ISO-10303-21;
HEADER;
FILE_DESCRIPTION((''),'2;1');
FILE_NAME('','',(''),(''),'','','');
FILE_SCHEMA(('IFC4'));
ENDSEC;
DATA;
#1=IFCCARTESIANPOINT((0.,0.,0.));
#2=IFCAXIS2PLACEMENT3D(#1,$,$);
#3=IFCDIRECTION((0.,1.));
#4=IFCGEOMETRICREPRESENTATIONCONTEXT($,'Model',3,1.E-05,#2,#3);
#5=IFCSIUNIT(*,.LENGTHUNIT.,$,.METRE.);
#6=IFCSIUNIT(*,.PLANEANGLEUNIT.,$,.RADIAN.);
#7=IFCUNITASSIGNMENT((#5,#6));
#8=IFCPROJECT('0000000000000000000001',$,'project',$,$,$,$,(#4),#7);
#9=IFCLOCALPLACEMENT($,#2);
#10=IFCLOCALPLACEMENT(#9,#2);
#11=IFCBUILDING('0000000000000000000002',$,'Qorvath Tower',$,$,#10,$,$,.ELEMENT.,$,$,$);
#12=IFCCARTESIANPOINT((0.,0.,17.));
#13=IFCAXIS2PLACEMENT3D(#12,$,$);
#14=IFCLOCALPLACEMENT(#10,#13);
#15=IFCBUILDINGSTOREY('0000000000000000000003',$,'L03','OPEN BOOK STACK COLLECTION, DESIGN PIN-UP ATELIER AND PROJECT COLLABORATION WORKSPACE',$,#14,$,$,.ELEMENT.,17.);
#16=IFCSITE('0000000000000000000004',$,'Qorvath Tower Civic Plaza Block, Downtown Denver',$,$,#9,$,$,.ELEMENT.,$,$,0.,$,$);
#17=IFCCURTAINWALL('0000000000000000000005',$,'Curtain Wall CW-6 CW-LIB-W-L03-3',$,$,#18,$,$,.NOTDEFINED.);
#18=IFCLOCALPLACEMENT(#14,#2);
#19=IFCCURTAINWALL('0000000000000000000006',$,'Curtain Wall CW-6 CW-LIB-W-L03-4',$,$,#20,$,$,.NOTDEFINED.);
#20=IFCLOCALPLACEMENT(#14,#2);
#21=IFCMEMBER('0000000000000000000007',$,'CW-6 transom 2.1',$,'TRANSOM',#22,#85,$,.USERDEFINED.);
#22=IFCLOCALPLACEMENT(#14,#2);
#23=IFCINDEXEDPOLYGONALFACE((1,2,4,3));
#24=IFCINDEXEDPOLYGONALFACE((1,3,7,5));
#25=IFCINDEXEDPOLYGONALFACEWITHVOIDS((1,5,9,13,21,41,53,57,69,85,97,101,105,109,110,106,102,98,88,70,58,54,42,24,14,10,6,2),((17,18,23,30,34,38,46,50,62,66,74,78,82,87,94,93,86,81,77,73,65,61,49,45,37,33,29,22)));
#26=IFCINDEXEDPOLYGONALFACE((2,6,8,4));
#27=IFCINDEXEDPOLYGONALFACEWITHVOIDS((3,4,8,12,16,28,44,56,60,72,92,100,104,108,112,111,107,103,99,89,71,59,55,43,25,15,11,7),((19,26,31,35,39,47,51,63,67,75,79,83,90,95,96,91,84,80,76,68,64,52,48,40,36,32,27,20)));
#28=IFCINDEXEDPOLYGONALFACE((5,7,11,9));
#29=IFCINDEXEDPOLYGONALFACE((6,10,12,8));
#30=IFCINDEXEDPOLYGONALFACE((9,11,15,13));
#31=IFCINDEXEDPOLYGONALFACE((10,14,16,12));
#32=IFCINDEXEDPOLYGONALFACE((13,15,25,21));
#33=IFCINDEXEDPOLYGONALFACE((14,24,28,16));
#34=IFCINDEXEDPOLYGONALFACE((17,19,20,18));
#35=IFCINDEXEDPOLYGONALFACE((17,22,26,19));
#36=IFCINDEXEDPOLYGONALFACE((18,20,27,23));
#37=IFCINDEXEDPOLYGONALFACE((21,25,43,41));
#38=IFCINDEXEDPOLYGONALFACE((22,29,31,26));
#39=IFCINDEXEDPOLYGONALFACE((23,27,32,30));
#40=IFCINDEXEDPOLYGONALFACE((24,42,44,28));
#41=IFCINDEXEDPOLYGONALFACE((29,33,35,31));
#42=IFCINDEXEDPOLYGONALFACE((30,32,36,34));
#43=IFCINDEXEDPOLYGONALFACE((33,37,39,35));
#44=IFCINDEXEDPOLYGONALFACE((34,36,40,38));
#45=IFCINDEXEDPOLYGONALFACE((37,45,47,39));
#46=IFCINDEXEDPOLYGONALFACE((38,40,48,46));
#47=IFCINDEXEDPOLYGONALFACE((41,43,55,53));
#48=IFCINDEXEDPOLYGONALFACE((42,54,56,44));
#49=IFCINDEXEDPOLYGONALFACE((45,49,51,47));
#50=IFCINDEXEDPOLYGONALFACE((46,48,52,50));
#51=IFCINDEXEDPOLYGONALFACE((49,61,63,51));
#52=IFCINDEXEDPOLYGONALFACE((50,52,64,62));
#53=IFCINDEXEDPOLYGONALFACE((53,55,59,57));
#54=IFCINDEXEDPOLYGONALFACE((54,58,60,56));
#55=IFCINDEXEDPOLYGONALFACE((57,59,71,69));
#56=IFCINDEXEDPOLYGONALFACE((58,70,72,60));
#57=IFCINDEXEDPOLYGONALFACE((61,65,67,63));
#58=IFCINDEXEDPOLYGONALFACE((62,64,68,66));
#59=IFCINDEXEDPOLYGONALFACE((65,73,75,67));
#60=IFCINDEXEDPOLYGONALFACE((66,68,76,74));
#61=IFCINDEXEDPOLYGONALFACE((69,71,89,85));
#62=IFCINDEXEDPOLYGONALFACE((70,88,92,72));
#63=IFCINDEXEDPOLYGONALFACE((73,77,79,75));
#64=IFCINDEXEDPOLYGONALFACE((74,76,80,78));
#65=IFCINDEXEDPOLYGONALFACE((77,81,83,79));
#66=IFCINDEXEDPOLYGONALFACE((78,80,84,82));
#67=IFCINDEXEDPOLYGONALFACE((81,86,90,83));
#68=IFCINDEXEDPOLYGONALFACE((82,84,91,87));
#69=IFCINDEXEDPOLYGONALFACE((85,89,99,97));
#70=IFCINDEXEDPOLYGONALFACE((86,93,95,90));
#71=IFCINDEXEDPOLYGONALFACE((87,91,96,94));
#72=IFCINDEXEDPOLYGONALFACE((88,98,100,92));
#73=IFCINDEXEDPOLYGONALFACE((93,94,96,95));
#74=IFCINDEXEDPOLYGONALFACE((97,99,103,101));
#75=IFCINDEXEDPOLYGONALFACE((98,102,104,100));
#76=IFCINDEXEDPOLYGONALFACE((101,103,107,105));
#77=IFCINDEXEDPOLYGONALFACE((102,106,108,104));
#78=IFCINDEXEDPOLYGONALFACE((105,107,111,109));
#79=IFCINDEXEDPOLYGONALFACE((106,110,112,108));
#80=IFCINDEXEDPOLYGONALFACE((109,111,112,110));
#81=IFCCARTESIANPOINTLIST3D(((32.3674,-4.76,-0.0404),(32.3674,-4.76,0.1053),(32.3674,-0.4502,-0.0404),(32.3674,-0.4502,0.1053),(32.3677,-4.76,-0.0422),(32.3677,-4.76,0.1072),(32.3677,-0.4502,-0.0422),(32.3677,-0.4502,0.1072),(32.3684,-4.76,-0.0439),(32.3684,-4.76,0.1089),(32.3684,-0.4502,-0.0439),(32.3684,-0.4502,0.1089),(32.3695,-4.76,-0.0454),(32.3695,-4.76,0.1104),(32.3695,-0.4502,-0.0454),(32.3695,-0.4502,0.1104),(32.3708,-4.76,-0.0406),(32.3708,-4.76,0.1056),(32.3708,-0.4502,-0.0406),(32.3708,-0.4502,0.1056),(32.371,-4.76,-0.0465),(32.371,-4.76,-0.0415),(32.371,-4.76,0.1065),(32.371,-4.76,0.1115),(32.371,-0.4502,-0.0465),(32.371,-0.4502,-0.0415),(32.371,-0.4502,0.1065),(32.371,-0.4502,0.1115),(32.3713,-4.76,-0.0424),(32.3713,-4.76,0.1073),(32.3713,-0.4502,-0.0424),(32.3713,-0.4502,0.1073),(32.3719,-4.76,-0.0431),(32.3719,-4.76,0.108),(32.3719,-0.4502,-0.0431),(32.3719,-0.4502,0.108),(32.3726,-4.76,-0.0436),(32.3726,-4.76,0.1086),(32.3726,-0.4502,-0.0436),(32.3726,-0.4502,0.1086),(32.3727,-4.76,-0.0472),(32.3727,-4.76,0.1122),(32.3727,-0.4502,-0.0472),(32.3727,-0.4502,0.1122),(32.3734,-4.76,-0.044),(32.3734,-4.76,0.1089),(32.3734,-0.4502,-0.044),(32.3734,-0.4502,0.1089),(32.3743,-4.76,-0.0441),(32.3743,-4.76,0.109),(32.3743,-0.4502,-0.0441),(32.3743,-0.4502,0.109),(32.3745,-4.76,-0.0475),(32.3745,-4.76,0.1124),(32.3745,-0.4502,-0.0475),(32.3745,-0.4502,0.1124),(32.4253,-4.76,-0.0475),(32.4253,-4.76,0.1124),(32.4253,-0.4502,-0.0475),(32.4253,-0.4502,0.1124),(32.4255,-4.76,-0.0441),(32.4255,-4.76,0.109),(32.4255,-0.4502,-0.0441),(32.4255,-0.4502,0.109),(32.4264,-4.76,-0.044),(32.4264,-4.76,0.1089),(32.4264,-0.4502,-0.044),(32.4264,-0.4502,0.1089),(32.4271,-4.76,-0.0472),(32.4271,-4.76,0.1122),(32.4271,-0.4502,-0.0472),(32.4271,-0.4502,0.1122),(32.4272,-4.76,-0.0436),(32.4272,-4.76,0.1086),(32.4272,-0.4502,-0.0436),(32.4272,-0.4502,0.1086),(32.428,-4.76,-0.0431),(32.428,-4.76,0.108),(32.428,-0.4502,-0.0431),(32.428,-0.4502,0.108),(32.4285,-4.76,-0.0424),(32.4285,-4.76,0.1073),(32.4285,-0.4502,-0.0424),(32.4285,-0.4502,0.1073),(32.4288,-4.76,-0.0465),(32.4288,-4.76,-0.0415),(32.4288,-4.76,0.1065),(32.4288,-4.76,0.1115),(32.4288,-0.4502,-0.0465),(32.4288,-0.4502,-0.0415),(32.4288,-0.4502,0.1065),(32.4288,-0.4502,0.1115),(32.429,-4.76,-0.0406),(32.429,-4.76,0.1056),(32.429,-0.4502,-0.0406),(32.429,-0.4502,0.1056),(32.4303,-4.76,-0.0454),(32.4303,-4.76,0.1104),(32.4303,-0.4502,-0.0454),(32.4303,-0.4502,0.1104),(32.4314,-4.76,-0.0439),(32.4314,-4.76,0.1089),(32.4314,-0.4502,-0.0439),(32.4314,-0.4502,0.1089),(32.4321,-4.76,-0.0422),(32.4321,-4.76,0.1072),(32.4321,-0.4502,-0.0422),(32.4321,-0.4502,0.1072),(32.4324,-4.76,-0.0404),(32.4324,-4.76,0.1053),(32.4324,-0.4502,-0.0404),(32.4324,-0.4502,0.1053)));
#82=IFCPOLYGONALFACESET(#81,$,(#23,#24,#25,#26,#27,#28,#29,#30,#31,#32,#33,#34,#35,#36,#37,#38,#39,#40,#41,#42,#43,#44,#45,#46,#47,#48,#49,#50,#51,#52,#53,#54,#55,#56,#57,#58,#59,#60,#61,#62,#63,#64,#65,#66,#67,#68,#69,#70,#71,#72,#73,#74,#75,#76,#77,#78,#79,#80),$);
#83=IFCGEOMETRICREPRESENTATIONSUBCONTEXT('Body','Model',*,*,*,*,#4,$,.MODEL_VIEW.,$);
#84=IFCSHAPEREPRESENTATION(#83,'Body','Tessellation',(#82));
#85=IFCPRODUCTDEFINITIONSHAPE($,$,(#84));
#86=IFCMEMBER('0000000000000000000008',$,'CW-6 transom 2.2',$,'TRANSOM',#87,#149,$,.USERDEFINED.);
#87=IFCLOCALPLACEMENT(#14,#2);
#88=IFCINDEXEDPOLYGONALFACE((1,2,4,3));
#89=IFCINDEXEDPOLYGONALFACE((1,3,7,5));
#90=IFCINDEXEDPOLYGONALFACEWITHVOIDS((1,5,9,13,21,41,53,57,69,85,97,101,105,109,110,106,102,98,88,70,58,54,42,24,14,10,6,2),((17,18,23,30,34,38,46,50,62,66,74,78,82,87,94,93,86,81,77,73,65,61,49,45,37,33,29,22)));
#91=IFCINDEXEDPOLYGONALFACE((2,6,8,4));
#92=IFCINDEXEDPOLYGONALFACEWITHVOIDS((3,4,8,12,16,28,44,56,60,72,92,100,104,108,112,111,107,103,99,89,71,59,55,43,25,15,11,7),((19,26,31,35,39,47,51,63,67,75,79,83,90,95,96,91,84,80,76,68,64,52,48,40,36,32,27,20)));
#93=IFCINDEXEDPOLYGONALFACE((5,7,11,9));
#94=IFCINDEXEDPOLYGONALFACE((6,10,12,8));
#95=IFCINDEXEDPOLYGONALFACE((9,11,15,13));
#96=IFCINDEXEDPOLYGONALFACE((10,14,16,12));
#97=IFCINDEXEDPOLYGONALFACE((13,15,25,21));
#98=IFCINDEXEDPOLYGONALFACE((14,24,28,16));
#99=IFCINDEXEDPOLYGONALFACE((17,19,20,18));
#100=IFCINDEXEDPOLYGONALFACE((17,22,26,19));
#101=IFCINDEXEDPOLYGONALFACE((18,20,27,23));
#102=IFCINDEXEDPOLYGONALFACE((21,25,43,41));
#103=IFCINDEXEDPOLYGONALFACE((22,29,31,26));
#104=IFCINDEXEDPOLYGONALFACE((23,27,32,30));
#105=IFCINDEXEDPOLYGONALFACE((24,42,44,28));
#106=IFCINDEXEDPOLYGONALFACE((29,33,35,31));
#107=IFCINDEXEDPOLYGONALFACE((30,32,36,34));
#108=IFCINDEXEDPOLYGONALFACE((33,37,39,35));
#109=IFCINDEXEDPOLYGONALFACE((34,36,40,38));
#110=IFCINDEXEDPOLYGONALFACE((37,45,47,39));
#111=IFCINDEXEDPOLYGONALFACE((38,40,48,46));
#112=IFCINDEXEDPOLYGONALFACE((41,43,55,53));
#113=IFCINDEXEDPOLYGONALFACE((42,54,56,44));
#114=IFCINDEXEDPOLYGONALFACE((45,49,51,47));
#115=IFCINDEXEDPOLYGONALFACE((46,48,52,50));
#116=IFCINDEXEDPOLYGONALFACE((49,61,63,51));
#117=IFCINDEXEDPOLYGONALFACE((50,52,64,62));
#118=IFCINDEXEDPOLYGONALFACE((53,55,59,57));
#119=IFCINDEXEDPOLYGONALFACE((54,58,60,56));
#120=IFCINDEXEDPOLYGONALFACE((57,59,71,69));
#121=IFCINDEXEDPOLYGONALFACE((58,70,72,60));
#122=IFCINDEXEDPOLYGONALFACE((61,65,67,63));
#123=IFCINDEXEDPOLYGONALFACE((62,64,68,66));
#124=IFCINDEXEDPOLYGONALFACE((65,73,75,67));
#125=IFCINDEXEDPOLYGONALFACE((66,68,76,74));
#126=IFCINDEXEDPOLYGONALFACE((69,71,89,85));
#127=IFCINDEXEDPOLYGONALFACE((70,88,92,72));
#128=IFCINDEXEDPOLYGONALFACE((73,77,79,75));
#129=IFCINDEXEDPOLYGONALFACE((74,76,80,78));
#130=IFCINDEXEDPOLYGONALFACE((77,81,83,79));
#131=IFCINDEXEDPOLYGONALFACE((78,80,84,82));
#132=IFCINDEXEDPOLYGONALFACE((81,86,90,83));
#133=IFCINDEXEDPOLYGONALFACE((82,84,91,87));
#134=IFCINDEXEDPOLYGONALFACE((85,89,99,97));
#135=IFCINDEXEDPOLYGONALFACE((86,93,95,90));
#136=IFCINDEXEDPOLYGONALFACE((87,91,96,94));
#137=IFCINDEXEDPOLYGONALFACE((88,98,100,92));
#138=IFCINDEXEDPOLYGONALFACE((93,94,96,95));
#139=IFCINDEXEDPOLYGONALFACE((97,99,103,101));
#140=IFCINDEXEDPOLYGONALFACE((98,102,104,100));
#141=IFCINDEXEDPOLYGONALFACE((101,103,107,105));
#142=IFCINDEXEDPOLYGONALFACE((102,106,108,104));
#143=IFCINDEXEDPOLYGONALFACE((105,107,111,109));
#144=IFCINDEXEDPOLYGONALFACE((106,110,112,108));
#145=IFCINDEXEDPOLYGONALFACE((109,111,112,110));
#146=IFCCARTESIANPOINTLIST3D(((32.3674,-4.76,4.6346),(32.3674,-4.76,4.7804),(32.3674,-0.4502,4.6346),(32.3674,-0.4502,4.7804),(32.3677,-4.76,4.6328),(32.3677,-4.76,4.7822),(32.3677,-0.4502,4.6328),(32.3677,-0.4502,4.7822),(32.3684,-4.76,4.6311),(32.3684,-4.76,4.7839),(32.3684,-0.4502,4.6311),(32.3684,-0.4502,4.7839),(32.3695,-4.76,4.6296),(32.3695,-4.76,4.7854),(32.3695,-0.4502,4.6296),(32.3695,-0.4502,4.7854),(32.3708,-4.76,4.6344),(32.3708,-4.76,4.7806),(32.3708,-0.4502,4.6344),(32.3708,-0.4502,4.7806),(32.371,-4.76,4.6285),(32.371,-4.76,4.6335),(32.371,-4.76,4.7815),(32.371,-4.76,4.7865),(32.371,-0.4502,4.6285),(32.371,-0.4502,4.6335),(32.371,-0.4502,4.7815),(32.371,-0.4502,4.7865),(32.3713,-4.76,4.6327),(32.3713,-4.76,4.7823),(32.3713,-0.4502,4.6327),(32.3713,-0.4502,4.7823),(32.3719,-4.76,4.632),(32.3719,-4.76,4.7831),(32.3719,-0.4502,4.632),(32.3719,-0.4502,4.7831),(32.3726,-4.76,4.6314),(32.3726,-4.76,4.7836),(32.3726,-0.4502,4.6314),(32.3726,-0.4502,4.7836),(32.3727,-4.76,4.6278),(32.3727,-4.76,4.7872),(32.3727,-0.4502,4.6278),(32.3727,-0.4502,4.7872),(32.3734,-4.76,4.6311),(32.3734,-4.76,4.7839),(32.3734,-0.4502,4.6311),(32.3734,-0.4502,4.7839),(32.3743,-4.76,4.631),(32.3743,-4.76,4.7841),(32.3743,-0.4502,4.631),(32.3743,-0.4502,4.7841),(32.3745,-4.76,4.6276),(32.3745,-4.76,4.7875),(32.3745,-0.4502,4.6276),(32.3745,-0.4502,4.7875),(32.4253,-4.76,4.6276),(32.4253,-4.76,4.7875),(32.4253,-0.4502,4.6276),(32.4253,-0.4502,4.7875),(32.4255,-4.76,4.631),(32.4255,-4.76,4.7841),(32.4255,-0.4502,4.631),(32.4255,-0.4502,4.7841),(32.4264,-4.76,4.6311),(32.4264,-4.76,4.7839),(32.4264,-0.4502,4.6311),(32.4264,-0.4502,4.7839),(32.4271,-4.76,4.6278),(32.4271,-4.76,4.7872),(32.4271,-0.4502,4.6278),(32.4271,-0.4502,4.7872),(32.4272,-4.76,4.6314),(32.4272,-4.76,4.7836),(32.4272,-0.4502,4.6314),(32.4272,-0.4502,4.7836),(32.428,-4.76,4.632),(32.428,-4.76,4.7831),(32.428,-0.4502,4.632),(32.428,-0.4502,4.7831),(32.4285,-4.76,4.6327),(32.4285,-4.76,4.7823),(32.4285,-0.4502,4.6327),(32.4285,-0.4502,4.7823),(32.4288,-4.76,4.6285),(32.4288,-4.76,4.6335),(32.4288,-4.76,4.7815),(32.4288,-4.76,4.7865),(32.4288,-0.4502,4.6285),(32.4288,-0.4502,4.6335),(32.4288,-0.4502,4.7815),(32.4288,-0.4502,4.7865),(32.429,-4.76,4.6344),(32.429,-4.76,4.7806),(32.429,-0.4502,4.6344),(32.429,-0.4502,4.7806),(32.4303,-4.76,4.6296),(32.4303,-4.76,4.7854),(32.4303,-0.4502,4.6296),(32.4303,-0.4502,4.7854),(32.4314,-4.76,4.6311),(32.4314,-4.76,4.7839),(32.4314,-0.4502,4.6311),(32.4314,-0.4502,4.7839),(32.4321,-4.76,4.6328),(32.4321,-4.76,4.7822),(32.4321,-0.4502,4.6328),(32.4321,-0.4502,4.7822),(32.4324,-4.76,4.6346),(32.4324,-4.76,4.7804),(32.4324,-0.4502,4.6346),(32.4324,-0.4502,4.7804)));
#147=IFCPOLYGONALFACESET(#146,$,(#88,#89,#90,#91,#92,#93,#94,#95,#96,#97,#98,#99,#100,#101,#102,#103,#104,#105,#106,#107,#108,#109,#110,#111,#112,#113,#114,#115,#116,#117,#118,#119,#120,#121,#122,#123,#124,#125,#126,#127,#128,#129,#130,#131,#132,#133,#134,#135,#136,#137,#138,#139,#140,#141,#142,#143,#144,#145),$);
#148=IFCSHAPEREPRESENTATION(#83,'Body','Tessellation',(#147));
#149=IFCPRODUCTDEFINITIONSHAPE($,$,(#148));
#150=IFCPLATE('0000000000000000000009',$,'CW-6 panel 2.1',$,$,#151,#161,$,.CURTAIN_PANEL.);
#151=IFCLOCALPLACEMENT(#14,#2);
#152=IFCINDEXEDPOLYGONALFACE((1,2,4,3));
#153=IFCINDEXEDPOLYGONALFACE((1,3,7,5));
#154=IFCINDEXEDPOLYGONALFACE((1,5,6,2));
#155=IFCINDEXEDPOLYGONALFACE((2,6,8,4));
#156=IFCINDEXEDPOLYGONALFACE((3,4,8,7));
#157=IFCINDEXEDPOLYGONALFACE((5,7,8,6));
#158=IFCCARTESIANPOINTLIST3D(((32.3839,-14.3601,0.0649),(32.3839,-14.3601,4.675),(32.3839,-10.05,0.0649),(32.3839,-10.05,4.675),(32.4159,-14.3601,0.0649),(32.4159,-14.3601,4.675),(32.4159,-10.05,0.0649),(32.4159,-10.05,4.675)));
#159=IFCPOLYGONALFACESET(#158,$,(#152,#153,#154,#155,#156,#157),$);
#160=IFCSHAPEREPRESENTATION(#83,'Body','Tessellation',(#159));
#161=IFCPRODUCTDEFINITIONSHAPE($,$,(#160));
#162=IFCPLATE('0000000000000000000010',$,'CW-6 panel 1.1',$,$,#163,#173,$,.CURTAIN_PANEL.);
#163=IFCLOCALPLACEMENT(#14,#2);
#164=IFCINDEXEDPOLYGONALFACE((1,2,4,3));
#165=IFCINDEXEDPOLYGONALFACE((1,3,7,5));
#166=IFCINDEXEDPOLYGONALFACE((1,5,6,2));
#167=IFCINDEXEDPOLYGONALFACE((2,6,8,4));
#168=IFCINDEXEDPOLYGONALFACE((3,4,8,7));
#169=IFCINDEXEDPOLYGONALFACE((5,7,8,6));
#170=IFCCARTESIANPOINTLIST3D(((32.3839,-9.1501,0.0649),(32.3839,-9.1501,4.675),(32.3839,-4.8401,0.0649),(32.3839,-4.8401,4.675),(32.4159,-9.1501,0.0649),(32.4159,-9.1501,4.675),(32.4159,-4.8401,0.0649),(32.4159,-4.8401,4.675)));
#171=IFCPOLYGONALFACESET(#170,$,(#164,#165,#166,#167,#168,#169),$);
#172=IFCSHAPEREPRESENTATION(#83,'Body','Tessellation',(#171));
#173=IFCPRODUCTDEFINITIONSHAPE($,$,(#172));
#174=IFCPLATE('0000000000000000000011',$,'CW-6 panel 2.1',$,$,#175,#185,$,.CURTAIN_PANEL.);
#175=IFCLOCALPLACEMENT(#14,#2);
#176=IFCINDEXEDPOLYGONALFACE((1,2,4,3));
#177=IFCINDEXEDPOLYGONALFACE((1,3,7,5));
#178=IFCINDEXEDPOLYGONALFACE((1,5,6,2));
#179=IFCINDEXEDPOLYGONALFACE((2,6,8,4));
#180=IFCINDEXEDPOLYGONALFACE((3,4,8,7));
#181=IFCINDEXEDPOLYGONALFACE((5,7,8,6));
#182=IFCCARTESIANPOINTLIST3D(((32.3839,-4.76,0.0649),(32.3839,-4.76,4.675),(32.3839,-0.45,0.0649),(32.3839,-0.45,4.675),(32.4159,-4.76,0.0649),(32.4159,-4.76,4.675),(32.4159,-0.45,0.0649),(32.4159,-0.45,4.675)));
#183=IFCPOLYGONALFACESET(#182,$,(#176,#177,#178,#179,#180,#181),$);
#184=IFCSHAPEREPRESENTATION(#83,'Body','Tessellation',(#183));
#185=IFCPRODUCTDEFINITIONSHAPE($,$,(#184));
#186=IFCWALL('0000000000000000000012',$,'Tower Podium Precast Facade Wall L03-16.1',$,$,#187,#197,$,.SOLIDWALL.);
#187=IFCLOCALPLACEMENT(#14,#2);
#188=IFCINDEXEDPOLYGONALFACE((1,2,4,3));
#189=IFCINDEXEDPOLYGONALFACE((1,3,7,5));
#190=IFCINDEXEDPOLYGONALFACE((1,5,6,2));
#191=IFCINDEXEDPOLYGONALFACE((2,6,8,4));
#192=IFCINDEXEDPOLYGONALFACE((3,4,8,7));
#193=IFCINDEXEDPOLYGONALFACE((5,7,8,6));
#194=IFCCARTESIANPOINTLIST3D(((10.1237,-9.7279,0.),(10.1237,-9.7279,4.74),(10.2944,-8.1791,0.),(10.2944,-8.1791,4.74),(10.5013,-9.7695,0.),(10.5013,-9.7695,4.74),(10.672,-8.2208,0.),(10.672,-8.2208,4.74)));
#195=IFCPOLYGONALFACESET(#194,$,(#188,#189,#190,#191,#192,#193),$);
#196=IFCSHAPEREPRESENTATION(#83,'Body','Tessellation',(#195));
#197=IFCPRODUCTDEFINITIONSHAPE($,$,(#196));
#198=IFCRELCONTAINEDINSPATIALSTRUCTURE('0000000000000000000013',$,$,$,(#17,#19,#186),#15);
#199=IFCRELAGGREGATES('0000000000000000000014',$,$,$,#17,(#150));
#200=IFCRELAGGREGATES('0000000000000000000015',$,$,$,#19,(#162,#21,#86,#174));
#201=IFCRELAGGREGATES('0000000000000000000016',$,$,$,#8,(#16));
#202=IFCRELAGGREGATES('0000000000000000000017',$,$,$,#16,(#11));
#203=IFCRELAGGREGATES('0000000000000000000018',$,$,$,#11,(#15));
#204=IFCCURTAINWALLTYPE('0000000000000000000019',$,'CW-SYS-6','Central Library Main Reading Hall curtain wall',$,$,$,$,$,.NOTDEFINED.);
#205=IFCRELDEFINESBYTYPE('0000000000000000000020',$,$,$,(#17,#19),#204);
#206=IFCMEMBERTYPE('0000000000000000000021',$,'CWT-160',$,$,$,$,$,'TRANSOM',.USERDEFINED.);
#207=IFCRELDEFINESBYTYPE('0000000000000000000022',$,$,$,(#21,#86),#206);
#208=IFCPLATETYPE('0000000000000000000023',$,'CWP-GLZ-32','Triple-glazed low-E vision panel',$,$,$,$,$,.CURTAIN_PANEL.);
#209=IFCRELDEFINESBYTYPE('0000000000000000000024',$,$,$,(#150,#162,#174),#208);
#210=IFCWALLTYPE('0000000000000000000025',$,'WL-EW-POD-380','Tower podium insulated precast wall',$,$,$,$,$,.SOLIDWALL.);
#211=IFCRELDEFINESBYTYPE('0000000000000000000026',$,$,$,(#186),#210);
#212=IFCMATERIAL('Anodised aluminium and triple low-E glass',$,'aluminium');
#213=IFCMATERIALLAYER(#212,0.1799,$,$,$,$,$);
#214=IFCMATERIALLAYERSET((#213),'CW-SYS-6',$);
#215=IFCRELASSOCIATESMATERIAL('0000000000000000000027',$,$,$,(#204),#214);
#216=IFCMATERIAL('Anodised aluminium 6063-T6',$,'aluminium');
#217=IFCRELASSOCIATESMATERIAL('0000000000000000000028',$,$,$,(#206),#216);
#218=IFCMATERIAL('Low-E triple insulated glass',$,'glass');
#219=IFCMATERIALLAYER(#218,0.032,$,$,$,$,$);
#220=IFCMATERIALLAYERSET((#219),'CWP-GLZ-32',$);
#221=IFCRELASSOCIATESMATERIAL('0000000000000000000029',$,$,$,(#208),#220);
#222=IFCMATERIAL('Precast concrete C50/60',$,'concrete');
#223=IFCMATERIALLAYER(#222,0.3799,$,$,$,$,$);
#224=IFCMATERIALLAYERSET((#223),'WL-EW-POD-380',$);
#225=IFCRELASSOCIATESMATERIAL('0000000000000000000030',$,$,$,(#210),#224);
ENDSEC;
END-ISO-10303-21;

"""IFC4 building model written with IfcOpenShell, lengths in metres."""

from ifc_helpers import new_model, si_unit, direction, frame, frame_2d, origin, origin_2d, place, context, subcontext, project, spatial, rectangle, hollow_rectangle, extrude, material, layer, layer_set, material_profile, profile_set, type_object, element, aggregate, save


model = new_model("IFC4")

# Units and contexts
model_context = context("Model", 3, precision=1e-05, world=origin(), true_north=direction((0.0, 1.0)))
body_context = subcontext(model_context, "Body", "Model", "MODEL_VIEW")
ifc_project = project(units=[si_unit("LENGTHUNIT", "METRE"), si_unit("PLANEANGLEUNIT", "RADIAN")], contexts=[model_context])

# Site, building, storey
site_placement = place(None, origin())
site = spatial("IfcSite", under=ifc_project, at=site_placement, Name="Qorvath Tower Civic Plaza Block, Downtown Denver", CompositionType="ELEMENT", RefElevation=0.0)
building_placement = place(site_placement, origin())
building = spatial("IfcBuilding", under=site, at=building_placement, Name="Qorvath Tower", CompositionType="ELEMENT")
storey_placement = place(building_placement, frame((0.0, 0.0, 17.0)))
storey = spatial("IfcBuildingStorey", under=building, at=storey_placement, Name="L03", Description="OPEN BOOK STACK COLLECTION, DESIGN PIN-UP ATELIER AND PROJECT COLLABORATION WORKSPACE", CompositionType="ELEMENT", Elevation=17.0)

# Curtain wall
ifc_material_1 = material(Name="Anodised aluminium and triple low-E glass", Category="aluminium")
ifc_layer_1 = layer(ifc_material_1, 0.1799)
ifc_layer_set_1 = layer_set([ifc_layer_1], Name="CW-SYS-6")
curtain_wall_type = type_object("IfcCurtainWallType", Name="CW-SYS-6", Description="Central Library Main Reading Hall curtain wall", PredefinedType="NOTDEFINED", material=ifc_layer_set_1)
curtain_wall_1_placement = place(storey_placement, origin())
curtain_wall_1 = element("IfcCurtainWall", 1, at=curtain_wall_1_placement, inside=storey, type_object=curtain_wall_type, Name="Curtain Wall CW-6 CW-LIB-W-L03-3", PredefinedType="NOTDEFINED")

# Curtain wall
curtain_wall_2_placement = place(storey_placement, origin())
curtain_wall_2 = element("IfcCurtainWall", 2, at=curtain_wall_2_placement, inside=storey, type_object=curtain_wall_type, Name="Curtain Wall CW-6 CW-LIB-W-L03-4", PredefinedType="NOTDEFINED")

# Members
ifc_material_2 = material(Name="Anodised aluminium 6063-T6", Category="aluminium")
ifc_material_profile_1 = material_profile(ifc_material_2, hollow_rectangle(XDim=0.0649, YDim=0.1599, WallThickness=0.0034, InnerFilletRadius=0.0034, OuterFilletRadius=0.0071, at=origin_2d()), Name="CWT 160x65")
ifc_profile_set_1 = profile_set([ifc_material_profile_1], Name="Anodised aluminium 6063-T6")
member_type_1 = type_object("IfcMemberType", Name="CWT-160", ElementType="TRANSOM", PredefinedType="USERDEFINED", material=ifc_profile_set_1)
member_1_placement = place(storey_placement, frame((32.3999, -4.76, 0.0325), z_axis=(0.0, 1.0, 0.0), x_axis=(-1.0, 0.0, 0.0)))
member_1 = element("IfcMember", 3, at=member_1_placement, type_object=member_type_1, Name="CW-6 transom 2.1", ObjectType="TRANSOM", PredefinedType="USERDEFINED", context=body_context, shape_type="SweptSolid", body=[
    extrude(hollow_rectangle(XDim=0.0649, YDim=0.1599, WallThickness=0.0034, InnerFilletRadius=0.0034, OuterFilletRadius=0.0071, at=origin_2d()), origin(), (0.0, 0.0, 1.0), 4.3098),
])
member_2_placement = place(storey_placement, frame((32.3999, -4.76, 4.7075), z_axis=(0.0, 1.0, 0.0), x_axis=(-1.0, 0.0, 0.0)))
member_2 = element("IfcMember", 4, at=member_2_placement, type_object=member_type_1, Name="CW-6 transom 2.2", ObjectType="TRANSOM", PredefinedType="USERDEFINED", context=body_context, shape_type="SweptSolid", body=[
    extrude(hollow_rectangle(XDim=0.0649, YDim=0.1599, WallThickness=0.0034, InnerFilletRadius=0.0034, OuterFilletRadius=0.0071, at=origin_2d()), origin(), (0.0, 0.0, 1.0), 4.3098),
])

# Plates
ifc_material_3 = material(Name="Low-E triple insulated glass", Category="glass")
ifc_layer_2 = layer(ifc_material_3, 0.032)
ifc_layer_set_2 = layer_set([ifc_layer_2], Name="CWP-GLZ-32")
plate_type = type_object("IfcPlateType", Name="CWP-GLZ-32", Description="Triple-glazed low-E vision panel", PredefinedType="CURTAIN_PANEL", material=ifc_layer_set_2)
plate_1_placement = place(storey_placement, frame((32.3999, -12.2051, 0.0649), z_axis=(0.0, 0.0, 1.0), x_axis=(0.0, 1.0, 0.0)))
plate_1 = element("IfcPlate", 5, at=plate_1_placement, type_object=plate_type, Name="CW-6 panel 2.1", PredefinedType="CURTAIN_PANEL", context=body_context, shape_type="SweptSolid", body=[
    extrude(rectangle(XDim=4.3101, YDim=0.032, at=origin_2d()), origin(), (0.0, 0.0, 1.0), 4.6101),
])
aggregate(curtain_wall_1, [plate_1])
plate_2_placement = place(storey_placement, frame((32.3999, -6.9951, 0.0649), z_axis=(0.0, 0.0, 1.0), x_axis=(0.0, 1.0, 0.0)))
plate_2 = element("IfcPlate", 6, at=plate_2_placement, type_object=plate_type, Name="CW-6 panel 1.1", PredefinedType="CURTAIN_PANEL", context=body_context, shape_type="SweptSolid", body=[
    extrude(rectangle(XDim=4.3101, YDim=0.032, at=origin_2d()), origin(), (0.0, 0.0, 1.0), 4.6101),
])
plate_3_placement = place(storey_placement, frame((32.3999, -2.605, 0.0649), z_axis=(0.0, 0.0, 1.0), x_axis=(0.0, 1.0, 0.0)))
plate_3 = element("IfcPlate", 7, at=plate_3_placement, type_object=plate_type, Name="CW-6 panel 2.1", PredefinedType="CURTAIN_PANEL", context=body_context, shape_type="SweptSolid", body=[
    extrude(rectangle(XDim=4.3101, YDim=0.032, at=origin_2d()), origin(), (0.0, 0.0, 1.0), 4.6101),
])
aggregate(curtain_wall_2, [plate_2, member_1, member_2, plate_3])

# Wall
ifc_material_4 = material(Name="Precast concrete C50/60", Category="concrete")
ifc_layer_3 = layer(ifc_material_4, 0.3799)
ifc_layer_set_3 = layer_set([ifc_layer_3], Name="WL-EW-POD-380")
wall_type = type_object("IfcWallType", Name="WL-EW-POD-380", Description="Tower podium insulated precast wall", PredefinedType="SOLIDWALL", material=ifc_layer_set_3)
wall_placement = place(storey_placement, frame((10.4832, -8.2, 0.0), z_axis=(0.0, 0.0, 1.0), x_axis=(-0.10952, -0.993985, 0.0)))
element("IfcWall", 8, at=wall_placement, inside=storey, type_object=wall_type, Name="Tower Podium Precast Facade Wall L03-16.1", PredefinedType="SOLIDWALL", context=body_context, shape_type="SweptSolid", body=[
    extrude(rectangle(XDim=1.5581, YDim=0.3799, at=frame_2d((0.7791, 0.0))), origin(), (0.0, 0.0, 1.0), 4.74),
])

save(model, "model.ifc")
